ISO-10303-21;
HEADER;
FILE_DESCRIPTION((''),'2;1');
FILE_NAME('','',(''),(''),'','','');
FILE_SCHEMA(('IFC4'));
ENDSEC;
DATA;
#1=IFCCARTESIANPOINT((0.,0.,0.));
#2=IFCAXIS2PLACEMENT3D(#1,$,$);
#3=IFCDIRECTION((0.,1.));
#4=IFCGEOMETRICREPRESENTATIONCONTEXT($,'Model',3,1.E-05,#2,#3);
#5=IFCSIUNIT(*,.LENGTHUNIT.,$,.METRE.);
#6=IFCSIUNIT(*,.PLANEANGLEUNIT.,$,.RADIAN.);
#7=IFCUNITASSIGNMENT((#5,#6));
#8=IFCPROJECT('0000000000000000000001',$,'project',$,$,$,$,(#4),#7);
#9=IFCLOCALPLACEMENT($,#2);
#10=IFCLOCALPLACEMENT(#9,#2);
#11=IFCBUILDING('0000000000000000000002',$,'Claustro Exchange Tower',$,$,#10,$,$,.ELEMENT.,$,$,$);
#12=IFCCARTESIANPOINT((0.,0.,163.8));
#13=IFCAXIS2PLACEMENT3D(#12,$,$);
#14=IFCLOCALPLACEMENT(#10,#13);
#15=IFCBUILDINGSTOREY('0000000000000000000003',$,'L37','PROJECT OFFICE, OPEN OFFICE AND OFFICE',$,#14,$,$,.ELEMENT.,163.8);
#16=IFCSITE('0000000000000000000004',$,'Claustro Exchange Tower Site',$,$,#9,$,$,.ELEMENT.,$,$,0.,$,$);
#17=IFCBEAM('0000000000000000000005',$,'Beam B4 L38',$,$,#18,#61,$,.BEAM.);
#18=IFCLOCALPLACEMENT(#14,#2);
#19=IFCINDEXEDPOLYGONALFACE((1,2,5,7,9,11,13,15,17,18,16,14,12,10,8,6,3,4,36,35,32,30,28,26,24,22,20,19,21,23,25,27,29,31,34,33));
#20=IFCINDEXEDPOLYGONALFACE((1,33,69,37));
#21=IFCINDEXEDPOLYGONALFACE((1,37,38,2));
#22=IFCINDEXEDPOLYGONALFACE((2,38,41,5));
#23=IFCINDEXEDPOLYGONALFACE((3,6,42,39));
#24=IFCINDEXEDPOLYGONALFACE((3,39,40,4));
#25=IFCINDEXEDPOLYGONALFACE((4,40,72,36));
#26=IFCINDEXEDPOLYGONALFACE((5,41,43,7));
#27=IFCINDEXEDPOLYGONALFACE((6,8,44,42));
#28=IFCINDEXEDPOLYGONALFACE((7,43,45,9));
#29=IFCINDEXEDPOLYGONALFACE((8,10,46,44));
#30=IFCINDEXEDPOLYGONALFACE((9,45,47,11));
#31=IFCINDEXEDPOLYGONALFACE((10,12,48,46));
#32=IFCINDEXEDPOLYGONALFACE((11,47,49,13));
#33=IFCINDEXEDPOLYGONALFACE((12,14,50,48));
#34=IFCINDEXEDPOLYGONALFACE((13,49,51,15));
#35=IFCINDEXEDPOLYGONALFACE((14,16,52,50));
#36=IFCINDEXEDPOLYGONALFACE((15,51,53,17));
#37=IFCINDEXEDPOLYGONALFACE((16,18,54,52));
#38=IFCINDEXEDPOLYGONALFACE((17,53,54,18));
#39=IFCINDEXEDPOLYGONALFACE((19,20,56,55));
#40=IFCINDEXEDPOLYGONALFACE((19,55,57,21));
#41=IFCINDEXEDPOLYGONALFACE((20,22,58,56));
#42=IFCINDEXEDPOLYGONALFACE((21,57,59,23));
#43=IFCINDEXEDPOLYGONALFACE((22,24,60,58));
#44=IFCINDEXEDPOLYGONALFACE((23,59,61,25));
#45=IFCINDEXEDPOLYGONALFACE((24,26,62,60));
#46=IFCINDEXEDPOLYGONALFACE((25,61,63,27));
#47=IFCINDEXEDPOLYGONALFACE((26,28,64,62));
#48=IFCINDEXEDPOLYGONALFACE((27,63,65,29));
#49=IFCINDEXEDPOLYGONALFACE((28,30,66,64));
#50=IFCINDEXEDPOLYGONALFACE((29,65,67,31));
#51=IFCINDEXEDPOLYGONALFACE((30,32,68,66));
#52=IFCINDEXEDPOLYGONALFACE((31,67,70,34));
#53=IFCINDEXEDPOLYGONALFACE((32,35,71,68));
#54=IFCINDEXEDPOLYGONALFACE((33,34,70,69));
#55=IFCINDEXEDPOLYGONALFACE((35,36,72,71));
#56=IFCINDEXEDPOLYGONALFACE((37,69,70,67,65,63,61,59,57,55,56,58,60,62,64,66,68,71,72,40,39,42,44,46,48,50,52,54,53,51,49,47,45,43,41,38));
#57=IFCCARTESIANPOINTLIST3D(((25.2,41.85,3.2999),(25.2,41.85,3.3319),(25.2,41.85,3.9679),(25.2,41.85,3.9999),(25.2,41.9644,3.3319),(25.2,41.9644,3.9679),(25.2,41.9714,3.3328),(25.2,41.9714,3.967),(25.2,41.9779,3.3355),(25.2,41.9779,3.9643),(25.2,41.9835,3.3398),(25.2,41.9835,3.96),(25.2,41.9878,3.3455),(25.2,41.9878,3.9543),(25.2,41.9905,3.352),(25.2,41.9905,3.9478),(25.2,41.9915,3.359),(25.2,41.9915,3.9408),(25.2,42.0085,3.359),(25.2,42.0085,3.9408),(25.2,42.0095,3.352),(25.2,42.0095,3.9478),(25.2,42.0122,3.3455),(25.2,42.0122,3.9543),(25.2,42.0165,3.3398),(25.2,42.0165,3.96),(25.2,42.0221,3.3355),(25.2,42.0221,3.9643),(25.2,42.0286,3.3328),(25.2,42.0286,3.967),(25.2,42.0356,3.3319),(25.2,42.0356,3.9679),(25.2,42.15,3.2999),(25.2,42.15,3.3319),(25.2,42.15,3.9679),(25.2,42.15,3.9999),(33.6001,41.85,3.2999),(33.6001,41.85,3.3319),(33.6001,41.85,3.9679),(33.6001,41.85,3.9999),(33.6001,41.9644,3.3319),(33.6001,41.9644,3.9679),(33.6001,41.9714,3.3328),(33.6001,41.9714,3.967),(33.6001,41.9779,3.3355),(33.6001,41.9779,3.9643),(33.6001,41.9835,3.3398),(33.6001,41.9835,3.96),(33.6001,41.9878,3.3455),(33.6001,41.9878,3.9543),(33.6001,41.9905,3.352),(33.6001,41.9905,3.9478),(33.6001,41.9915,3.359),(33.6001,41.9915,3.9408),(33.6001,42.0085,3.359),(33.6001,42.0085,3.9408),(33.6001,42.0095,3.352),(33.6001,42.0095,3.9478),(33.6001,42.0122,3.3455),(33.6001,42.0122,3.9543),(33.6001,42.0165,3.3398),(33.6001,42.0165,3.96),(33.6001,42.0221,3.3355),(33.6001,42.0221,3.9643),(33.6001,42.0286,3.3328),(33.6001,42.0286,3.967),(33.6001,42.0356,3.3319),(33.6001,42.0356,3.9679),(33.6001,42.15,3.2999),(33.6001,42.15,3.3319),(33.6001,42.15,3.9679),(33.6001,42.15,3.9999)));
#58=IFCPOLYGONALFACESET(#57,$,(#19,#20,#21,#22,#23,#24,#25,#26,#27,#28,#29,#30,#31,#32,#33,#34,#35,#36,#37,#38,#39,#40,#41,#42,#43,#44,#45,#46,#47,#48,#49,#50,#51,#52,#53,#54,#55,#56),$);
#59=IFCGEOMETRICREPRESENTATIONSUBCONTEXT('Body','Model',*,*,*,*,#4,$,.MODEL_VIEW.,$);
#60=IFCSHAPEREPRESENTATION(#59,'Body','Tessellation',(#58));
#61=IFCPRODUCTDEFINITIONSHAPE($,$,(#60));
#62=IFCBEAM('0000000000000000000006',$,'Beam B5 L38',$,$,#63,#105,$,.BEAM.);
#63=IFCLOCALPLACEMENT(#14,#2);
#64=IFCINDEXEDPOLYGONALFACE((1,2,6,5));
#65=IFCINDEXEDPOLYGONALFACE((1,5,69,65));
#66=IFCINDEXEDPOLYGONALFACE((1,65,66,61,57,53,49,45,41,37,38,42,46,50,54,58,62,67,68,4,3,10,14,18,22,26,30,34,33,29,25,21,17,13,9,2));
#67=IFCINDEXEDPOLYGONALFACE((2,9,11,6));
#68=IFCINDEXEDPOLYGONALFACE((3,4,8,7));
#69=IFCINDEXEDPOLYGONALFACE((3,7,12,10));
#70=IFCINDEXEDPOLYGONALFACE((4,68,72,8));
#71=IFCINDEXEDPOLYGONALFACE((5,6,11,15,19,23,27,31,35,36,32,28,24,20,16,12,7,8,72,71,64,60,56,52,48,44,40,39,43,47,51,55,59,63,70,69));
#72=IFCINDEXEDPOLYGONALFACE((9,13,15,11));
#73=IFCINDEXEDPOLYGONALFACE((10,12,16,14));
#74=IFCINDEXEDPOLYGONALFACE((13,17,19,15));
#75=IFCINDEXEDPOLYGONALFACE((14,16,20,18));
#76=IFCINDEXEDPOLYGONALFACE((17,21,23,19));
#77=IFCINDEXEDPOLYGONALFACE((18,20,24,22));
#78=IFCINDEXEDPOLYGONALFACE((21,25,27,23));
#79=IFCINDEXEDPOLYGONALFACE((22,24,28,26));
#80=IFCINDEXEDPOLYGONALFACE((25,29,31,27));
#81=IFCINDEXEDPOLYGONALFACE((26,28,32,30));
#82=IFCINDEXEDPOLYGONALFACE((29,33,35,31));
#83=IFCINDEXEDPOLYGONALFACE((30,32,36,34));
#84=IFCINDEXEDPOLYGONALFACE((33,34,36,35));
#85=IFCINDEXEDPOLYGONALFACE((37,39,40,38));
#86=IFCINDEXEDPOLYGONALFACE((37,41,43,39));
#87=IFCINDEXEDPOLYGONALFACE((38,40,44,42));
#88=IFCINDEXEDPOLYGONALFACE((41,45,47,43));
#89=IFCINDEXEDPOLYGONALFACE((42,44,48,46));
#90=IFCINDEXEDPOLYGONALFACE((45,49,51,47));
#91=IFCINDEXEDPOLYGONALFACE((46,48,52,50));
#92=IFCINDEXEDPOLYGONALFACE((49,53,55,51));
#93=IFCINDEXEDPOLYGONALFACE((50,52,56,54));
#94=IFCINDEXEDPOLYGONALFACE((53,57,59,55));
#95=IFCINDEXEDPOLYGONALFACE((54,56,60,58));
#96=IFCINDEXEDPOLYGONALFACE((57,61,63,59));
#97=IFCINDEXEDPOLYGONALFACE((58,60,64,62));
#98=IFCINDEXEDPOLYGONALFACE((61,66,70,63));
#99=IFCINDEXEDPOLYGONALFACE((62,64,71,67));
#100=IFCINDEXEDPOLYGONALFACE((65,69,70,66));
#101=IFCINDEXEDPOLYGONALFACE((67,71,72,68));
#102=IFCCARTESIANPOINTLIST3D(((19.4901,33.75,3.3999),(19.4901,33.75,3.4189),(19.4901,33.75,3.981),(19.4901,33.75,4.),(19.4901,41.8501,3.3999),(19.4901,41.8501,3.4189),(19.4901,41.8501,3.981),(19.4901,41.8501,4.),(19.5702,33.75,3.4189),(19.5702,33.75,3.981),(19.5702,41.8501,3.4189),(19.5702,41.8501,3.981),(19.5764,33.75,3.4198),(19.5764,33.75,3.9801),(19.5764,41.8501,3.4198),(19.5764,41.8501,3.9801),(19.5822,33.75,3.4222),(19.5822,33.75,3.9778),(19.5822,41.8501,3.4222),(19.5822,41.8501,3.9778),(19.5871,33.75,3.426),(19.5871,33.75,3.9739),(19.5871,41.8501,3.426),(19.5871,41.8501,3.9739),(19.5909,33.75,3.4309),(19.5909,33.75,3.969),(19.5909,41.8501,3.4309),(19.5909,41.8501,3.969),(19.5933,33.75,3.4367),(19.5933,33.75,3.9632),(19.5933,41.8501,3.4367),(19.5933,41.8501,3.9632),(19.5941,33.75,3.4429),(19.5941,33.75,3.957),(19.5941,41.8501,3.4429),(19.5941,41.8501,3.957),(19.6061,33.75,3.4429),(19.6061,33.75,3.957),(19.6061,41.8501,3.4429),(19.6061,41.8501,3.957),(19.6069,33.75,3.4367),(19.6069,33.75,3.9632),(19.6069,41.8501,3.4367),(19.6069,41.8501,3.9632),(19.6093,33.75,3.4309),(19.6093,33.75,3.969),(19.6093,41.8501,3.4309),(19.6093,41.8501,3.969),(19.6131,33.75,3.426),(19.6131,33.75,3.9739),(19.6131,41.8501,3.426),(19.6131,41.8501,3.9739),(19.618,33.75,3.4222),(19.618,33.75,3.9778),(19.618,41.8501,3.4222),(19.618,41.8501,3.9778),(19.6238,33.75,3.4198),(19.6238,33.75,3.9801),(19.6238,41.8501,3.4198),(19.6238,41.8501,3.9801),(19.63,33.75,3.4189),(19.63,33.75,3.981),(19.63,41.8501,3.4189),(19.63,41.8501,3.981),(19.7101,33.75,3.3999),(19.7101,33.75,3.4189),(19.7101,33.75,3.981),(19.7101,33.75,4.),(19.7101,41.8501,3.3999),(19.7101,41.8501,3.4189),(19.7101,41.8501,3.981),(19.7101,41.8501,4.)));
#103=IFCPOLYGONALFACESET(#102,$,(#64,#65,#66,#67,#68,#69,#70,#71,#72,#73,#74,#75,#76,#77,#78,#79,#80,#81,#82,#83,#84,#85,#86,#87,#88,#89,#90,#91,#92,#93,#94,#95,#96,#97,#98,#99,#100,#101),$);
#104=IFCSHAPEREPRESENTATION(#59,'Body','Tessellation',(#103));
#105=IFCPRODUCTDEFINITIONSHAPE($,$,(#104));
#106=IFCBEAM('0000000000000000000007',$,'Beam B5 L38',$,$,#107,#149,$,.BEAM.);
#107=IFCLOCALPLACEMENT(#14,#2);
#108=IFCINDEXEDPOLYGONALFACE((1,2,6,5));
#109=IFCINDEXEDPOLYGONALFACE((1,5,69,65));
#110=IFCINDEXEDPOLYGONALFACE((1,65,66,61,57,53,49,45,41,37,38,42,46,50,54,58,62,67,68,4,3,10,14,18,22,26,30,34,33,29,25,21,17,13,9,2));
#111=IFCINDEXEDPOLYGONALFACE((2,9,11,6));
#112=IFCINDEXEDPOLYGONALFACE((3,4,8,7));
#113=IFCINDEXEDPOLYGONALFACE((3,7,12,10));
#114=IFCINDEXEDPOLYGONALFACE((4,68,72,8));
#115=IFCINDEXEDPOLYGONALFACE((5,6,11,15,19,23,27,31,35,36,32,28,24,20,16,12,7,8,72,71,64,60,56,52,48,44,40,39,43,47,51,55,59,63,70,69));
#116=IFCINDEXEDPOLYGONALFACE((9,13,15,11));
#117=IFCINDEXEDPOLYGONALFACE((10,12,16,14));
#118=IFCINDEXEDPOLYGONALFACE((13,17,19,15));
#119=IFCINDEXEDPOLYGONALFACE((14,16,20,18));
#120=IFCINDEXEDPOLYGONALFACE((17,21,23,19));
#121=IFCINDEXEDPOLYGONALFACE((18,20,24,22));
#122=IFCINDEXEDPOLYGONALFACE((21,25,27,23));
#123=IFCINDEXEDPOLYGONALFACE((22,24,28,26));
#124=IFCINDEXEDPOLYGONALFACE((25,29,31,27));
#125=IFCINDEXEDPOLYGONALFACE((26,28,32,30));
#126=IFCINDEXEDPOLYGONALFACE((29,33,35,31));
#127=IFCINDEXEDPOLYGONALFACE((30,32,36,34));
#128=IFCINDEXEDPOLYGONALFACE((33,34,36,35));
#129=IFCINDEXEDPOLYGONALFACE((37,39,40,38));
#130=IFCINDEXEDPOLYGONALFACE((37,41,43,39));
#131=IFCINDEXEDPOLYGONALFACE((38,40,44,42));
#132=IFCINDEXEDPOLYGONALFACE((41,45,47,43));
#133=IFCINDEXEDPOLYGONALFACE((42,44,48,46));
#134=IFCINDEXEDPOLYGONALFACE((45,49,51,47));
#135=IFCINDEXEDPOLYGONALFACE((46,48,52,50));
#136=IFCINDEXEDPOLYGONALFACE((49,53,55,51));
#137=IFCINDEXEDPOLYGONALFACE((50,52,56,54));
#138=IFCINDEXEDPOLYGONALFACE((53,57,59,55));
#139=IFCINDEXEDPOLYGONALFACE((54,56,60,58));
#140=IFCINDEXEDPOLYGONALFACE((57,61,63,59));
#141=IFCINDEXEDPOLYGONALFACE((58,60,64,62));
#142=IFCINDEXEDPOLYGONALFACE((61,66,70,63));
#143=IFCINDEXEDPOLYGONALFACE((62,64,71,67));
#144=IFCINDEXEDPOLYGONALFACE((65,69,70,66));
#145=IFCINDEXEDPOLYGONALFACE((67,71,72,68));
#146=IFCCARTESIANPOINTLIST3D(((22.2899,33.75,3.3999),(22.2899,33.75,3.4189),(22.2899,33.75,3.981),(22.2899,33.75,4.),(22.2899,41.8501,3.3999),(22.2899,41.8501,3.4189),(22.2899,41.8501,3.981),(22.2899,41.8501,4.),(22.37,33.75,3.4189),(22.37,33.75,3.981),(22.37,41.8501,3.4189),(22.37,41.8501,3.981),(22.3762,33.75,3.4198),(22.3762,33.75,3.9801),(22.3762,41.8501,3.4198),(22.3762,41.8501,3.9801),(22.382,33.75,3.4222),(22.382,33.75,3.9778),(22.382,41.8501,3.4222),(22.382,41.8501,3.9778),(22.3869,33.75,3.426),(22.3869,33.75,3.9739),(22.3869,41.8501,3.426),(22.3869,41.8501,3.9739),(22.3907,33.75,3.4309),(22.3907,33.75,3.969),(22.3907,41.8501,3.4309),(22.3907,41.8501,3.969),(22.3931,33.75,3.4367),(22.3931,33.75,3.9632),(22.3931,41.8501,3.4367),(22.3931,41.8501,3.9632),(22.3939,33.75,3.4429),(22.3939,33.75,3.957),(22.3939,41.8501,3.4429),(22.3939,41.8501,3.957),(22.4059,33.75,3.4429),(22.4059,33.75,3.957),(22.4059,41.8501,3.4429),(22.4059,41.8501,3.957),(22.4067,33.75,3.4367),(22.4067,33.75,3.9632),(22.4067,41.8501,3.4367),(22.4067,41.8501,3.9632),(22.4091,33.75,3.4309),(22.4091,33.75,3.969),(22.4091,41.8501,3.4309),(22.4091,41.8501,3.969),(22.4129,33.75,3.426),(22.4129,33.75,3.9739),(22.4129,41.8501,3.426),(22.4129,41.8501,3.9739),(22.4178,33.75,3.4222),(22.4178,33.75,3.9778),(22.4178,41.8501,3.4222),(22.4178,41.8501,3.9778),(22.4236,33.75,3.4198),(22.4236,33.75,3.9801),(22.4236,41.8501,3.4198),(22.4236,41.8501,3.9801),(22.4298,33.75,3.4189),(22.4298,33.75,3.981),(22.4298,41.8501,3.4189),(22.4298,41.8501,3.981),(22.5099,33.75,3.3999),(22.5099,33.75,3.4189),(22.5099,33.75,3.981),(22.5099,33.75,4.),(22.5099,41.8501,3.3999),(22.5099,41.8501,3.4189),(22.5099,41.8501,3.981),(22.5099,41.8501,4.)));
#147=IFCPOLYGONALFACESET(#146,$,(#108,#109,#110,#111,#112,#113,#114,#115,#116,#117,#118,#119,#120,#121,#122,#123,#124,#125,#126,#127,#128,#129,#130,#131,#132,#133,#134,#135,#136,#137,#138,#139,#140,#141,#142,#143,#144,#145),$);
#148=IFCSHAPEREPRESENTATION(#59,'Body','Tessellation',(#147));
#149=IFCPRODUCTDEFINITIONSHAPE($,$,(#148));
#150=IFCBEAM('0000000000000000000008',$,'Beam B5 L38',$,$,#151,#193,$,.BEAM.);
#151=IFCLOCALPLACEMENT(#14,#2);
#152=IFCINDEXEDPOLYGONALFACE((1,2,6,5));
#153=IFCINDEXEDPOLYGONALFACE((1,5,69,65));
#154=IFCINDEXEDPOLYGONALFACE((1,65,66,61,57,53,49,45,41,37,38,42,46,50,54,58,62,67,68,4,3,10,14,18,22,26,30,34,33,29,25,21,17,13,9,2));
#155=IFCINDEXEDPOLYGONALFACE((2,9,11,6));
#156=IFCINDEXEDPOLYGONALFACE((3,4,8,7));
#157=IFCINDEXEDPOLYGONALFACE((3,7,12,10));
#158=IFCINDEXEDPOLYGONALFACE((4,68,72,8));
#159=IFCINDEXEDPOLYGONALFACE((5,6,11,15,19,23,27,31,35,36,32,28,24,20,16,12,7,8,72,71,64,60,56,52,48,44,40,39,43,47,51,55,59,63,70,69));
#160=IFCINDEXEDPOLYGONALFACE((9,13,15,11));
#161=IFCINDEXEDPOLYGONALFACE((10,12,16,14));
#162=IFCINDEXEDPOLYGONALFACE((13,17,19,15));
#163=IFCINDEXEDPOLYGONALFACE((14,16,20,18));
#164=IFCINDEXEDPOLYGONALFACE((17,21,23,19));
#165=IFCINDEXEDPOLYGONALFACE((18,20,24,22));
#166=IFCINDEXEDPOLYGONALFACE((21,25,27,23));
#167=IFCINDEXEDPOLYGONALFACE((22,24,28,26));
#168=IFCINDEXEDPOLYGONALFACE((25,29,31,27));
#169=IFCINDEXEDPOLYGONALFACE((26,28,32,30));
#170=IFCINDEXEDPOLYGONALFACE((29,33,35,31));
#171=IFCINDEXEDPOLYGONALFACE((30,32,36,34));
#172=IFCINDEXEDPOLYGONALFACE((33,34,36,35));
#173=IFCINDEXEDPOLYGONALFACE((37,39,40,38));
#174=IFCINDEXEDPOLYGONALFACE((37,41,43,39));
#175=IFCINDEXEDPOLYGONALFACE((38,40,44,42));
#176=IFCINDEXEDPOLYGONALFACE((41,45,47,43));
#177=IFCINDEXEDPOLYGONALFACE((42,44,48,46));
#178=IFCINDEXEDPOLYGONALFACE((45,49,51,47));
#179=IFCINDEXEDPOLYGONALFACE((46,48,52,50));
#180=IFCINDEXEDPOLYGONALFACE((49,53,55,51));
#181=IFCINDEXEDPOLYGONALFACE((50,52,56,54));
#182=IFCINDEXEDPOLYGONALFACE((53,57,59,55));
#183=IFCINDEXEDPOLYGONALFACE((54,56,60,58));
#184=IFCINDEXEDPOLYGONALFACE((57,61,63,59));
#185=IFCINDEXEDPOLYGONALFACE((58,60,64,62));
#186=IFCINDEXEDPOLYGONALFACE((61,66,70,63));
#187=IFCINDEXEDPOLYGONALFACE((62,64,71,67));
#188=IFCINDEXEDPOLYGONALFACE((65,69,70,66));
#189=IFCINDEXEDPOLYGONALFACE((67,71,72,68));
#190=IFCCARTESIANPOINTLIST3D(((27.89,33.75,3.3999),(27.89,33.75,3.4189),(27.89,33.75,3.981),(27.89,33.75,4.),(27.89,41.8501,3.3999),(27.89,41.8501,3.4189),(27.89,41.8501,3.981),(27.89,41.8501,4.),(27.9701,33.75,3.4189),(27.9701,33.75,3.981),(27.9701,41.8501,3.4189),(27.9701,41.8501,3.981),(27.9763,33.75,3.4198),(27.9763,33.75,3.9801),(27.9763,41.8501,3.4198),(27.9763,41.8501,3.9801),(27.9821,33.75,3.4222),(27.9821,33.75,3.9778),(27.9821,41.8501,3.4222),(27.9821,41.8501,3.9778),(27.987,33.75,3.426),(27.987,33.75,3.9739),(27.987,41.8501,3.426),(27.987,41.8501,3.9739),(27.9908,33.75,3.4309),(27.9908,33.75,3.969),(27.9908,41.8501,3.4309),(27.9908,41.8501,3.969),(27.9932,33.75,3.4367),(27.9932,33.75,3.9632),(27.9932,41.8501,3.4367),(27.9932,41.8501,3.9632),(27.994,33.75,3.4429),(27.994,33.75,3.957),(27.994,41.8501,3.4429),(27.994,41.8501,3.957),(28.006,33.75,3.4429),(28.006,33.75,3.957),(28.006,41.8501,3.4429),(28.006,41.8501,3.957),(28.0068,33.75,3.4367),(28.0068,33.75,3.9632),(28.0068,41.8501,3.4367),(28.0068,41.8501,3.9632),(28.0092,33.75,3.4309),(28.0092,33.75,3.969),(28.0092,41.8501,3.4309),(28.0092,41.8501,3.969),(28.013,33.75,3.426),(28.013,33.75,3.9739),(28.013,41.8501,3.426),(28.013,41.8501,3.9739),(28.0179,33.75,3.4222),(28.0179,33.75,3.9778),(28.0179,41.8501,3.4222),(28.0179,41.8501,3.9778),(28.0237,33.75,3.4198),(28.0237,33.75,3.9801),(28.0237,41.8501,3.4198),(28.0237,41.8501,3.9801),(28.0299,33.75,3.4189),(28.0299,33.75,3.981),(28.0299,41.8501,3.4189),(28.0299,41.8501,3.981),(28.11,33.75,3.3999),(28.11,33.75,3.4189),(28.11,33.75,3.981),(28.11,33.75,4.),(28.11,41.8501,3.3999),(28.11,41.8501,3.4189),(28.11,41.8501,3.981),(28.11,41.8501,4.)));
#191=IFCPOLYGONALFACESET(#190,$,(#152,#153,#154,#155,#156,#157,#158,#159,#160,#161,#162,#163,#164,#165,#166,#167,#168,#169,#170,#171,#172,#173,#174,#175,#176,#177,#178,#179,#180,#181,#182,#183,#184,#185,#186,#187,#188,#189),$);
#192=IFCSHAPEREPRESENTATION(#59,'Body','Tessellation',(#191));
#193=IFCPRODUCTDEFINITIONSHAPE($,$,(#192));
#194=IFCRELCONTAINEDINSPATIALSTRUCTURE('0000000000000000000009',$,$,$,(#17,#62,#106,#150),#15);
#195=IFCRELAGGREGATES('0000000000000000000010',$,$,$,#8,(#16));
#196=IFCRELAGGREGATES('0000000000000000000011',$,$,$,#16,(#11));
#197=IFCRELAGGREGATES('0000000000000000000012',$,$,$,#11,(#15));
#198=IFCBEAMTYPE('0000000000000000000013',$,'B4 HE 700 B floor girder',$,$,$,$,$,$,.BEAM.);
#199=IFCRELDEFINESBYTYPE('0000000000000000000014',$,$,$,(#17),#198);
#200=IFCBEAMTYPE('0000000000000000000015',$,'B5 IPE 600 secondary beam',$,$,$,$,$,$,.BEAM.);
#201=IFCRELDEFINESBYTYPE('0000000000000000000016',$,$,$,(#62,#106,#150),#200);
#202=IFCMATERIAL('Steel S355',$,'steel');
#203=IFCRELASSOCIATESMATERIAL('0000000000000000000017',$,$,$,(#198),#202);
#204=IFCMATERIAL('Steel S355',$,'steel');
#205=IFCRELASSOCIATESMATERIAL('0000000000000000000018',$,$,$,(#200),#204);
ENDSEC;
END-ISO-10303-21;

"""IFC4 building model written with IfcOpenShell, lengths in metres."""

from ifc_helpers import new_model, si_unit, direction, frame, origin, origin_2d, place, context, subcontext, project, spatial, i_section, extrude, material, material_profile, profile_set, type_object, element, save


model = new_model("IFC4")

# Units and contexts
model_context = context("Model", 3, precision=1e-05, world=origin(), true_north=direction((0.0, 1.0)))
body_context = subcontext(model_context, "Body", "Model", "MODEL_VIEW")
ifc_project = project(units=[si_unit("LENGTHUNIT", "METRE"), si_unit("PLANEANGLEUNIT", "RADIAN")], contexts=[model_context])

# Site, building, storey
site_placement = place(None, origin())
site = spatial("IfcSite", under=ifc_project, at=site_placement, Name="Claustro Exchange Tower Site", CompositionType="ELEMENT", RefElevation=0.0)
building_placement = place(site_placement, origin())
building = spatial("IfcBuilding", under=site, at=building_placement, Name="Claustro Exchange Tower", CompositionType="ELEMENT")
storey_placement = place(building_placement, frame((0.0, 0.0, 163.8)))
storey = spatial("IfcBuildingStorey", under=building, at=storey_placement, Name="L37", Description="PROJECT OFFICE, OPEN OFFICE AND OFFICE", CompositionType="ELEMENT", Elevation=163.8)

# Beams
ifc_material_1 = material(Name="Steel S355", Category="steel")
ifc_material_profile_1 = material_profile(ifc_material_1, i_section(OverallWidth=0.3, OverallDepth=0.7, WebThickness=0.0171, FlangeThickness=0.032, FilletRadius=0.0271, at=origin_2d()), Name="HE 700 B")
ifc_profile_set_1 = profile_set([ifc_material_profile_1], Name="Steel S355")
beam_type_1 = type_object("IfcBeamType", Name="B4 HE 700 B floor girder", PredefinedType="BEAM", material=ifc_profile_set_1)
beam_1_placement = place(storey_placement, frame((25.2, 42.0, 3.6499), z_axis=(1.0, 0.0, 0.0), x_axis=(0.0, 1.0, 0.0)))
element("IfcBeam", 1, at=beam_1_placement, inside=storey, type_object=beam_type_1, Name="Beam B4 L38", PredefinedType="BEAM", context=body_context, shape_type="SweptSolid", body=[
    extrude(i_section(OverallWidth=0.3, OverallDepth=0.7, WebThickness=0.0171, FlangeThickness=0.032, FilletRadius=0.0271, at=origin_2d()), origin(), (0.0, 0.0, 1.0), 8.4001),
])
ifc_material_2 = material(Name="Steel S355", Category="steel")
ifc_material_profile_2 = material_profile(ifc_material_2, i_section(OverallWidth=0.22, OverallDepth=0.6001, WebThickness=0.012, FlangeThickness=0.019, FilletRadius=0.0239, at=origin_2d()), Name="IPE 600")
ifc_profile_set_2 = profile_set([ifc_material_profile_2], Name="Steel S355")
beam_type_2 = type_object("IfcBeamType", Name="B5 IPE 600 secondary beam", PredefinedType="BEAM", material=ifc_profile_set_2)
for number, where, z_axis, x_axis, name in (
    (2, (19.6001, 33.75, 3.7), (0.0, 1.0, 0.0), (-1.0, 0.0, 0.0), "Beam B5 L38"),
    (3, (22.3999, 33.75, 3.7), (0.0, 1.0, 0.0), (-1.0, 0.0, 0.0), "Beam B5 L38"),
    (4, (28.0, 33.75, 3.7), (0.0, 1.0, 0.0), (-1.0, 0.0, 0.0), "Beam B5 L38"),
):
    element("IfcBeam", number, at=place(storey_placement, frame(where, z_axis=z_axis, x_axis=x_axis)), inside=storey, type_object=beam_type_2, Name=name, PredefinedType="BEAM", context=body_context, shape_type="SweptSolid", body=[
        extrude(i_section(OverallWidth=0.22, OverallDepth=0.6001, WebThickness=0.012, FlangeThickness=0.019, FilletRadius=0.0239, at=origin_2d()), origin(), (0.0, 0.0, 1.0), 8.1001),
    ])

save(model, "model.ifc")
